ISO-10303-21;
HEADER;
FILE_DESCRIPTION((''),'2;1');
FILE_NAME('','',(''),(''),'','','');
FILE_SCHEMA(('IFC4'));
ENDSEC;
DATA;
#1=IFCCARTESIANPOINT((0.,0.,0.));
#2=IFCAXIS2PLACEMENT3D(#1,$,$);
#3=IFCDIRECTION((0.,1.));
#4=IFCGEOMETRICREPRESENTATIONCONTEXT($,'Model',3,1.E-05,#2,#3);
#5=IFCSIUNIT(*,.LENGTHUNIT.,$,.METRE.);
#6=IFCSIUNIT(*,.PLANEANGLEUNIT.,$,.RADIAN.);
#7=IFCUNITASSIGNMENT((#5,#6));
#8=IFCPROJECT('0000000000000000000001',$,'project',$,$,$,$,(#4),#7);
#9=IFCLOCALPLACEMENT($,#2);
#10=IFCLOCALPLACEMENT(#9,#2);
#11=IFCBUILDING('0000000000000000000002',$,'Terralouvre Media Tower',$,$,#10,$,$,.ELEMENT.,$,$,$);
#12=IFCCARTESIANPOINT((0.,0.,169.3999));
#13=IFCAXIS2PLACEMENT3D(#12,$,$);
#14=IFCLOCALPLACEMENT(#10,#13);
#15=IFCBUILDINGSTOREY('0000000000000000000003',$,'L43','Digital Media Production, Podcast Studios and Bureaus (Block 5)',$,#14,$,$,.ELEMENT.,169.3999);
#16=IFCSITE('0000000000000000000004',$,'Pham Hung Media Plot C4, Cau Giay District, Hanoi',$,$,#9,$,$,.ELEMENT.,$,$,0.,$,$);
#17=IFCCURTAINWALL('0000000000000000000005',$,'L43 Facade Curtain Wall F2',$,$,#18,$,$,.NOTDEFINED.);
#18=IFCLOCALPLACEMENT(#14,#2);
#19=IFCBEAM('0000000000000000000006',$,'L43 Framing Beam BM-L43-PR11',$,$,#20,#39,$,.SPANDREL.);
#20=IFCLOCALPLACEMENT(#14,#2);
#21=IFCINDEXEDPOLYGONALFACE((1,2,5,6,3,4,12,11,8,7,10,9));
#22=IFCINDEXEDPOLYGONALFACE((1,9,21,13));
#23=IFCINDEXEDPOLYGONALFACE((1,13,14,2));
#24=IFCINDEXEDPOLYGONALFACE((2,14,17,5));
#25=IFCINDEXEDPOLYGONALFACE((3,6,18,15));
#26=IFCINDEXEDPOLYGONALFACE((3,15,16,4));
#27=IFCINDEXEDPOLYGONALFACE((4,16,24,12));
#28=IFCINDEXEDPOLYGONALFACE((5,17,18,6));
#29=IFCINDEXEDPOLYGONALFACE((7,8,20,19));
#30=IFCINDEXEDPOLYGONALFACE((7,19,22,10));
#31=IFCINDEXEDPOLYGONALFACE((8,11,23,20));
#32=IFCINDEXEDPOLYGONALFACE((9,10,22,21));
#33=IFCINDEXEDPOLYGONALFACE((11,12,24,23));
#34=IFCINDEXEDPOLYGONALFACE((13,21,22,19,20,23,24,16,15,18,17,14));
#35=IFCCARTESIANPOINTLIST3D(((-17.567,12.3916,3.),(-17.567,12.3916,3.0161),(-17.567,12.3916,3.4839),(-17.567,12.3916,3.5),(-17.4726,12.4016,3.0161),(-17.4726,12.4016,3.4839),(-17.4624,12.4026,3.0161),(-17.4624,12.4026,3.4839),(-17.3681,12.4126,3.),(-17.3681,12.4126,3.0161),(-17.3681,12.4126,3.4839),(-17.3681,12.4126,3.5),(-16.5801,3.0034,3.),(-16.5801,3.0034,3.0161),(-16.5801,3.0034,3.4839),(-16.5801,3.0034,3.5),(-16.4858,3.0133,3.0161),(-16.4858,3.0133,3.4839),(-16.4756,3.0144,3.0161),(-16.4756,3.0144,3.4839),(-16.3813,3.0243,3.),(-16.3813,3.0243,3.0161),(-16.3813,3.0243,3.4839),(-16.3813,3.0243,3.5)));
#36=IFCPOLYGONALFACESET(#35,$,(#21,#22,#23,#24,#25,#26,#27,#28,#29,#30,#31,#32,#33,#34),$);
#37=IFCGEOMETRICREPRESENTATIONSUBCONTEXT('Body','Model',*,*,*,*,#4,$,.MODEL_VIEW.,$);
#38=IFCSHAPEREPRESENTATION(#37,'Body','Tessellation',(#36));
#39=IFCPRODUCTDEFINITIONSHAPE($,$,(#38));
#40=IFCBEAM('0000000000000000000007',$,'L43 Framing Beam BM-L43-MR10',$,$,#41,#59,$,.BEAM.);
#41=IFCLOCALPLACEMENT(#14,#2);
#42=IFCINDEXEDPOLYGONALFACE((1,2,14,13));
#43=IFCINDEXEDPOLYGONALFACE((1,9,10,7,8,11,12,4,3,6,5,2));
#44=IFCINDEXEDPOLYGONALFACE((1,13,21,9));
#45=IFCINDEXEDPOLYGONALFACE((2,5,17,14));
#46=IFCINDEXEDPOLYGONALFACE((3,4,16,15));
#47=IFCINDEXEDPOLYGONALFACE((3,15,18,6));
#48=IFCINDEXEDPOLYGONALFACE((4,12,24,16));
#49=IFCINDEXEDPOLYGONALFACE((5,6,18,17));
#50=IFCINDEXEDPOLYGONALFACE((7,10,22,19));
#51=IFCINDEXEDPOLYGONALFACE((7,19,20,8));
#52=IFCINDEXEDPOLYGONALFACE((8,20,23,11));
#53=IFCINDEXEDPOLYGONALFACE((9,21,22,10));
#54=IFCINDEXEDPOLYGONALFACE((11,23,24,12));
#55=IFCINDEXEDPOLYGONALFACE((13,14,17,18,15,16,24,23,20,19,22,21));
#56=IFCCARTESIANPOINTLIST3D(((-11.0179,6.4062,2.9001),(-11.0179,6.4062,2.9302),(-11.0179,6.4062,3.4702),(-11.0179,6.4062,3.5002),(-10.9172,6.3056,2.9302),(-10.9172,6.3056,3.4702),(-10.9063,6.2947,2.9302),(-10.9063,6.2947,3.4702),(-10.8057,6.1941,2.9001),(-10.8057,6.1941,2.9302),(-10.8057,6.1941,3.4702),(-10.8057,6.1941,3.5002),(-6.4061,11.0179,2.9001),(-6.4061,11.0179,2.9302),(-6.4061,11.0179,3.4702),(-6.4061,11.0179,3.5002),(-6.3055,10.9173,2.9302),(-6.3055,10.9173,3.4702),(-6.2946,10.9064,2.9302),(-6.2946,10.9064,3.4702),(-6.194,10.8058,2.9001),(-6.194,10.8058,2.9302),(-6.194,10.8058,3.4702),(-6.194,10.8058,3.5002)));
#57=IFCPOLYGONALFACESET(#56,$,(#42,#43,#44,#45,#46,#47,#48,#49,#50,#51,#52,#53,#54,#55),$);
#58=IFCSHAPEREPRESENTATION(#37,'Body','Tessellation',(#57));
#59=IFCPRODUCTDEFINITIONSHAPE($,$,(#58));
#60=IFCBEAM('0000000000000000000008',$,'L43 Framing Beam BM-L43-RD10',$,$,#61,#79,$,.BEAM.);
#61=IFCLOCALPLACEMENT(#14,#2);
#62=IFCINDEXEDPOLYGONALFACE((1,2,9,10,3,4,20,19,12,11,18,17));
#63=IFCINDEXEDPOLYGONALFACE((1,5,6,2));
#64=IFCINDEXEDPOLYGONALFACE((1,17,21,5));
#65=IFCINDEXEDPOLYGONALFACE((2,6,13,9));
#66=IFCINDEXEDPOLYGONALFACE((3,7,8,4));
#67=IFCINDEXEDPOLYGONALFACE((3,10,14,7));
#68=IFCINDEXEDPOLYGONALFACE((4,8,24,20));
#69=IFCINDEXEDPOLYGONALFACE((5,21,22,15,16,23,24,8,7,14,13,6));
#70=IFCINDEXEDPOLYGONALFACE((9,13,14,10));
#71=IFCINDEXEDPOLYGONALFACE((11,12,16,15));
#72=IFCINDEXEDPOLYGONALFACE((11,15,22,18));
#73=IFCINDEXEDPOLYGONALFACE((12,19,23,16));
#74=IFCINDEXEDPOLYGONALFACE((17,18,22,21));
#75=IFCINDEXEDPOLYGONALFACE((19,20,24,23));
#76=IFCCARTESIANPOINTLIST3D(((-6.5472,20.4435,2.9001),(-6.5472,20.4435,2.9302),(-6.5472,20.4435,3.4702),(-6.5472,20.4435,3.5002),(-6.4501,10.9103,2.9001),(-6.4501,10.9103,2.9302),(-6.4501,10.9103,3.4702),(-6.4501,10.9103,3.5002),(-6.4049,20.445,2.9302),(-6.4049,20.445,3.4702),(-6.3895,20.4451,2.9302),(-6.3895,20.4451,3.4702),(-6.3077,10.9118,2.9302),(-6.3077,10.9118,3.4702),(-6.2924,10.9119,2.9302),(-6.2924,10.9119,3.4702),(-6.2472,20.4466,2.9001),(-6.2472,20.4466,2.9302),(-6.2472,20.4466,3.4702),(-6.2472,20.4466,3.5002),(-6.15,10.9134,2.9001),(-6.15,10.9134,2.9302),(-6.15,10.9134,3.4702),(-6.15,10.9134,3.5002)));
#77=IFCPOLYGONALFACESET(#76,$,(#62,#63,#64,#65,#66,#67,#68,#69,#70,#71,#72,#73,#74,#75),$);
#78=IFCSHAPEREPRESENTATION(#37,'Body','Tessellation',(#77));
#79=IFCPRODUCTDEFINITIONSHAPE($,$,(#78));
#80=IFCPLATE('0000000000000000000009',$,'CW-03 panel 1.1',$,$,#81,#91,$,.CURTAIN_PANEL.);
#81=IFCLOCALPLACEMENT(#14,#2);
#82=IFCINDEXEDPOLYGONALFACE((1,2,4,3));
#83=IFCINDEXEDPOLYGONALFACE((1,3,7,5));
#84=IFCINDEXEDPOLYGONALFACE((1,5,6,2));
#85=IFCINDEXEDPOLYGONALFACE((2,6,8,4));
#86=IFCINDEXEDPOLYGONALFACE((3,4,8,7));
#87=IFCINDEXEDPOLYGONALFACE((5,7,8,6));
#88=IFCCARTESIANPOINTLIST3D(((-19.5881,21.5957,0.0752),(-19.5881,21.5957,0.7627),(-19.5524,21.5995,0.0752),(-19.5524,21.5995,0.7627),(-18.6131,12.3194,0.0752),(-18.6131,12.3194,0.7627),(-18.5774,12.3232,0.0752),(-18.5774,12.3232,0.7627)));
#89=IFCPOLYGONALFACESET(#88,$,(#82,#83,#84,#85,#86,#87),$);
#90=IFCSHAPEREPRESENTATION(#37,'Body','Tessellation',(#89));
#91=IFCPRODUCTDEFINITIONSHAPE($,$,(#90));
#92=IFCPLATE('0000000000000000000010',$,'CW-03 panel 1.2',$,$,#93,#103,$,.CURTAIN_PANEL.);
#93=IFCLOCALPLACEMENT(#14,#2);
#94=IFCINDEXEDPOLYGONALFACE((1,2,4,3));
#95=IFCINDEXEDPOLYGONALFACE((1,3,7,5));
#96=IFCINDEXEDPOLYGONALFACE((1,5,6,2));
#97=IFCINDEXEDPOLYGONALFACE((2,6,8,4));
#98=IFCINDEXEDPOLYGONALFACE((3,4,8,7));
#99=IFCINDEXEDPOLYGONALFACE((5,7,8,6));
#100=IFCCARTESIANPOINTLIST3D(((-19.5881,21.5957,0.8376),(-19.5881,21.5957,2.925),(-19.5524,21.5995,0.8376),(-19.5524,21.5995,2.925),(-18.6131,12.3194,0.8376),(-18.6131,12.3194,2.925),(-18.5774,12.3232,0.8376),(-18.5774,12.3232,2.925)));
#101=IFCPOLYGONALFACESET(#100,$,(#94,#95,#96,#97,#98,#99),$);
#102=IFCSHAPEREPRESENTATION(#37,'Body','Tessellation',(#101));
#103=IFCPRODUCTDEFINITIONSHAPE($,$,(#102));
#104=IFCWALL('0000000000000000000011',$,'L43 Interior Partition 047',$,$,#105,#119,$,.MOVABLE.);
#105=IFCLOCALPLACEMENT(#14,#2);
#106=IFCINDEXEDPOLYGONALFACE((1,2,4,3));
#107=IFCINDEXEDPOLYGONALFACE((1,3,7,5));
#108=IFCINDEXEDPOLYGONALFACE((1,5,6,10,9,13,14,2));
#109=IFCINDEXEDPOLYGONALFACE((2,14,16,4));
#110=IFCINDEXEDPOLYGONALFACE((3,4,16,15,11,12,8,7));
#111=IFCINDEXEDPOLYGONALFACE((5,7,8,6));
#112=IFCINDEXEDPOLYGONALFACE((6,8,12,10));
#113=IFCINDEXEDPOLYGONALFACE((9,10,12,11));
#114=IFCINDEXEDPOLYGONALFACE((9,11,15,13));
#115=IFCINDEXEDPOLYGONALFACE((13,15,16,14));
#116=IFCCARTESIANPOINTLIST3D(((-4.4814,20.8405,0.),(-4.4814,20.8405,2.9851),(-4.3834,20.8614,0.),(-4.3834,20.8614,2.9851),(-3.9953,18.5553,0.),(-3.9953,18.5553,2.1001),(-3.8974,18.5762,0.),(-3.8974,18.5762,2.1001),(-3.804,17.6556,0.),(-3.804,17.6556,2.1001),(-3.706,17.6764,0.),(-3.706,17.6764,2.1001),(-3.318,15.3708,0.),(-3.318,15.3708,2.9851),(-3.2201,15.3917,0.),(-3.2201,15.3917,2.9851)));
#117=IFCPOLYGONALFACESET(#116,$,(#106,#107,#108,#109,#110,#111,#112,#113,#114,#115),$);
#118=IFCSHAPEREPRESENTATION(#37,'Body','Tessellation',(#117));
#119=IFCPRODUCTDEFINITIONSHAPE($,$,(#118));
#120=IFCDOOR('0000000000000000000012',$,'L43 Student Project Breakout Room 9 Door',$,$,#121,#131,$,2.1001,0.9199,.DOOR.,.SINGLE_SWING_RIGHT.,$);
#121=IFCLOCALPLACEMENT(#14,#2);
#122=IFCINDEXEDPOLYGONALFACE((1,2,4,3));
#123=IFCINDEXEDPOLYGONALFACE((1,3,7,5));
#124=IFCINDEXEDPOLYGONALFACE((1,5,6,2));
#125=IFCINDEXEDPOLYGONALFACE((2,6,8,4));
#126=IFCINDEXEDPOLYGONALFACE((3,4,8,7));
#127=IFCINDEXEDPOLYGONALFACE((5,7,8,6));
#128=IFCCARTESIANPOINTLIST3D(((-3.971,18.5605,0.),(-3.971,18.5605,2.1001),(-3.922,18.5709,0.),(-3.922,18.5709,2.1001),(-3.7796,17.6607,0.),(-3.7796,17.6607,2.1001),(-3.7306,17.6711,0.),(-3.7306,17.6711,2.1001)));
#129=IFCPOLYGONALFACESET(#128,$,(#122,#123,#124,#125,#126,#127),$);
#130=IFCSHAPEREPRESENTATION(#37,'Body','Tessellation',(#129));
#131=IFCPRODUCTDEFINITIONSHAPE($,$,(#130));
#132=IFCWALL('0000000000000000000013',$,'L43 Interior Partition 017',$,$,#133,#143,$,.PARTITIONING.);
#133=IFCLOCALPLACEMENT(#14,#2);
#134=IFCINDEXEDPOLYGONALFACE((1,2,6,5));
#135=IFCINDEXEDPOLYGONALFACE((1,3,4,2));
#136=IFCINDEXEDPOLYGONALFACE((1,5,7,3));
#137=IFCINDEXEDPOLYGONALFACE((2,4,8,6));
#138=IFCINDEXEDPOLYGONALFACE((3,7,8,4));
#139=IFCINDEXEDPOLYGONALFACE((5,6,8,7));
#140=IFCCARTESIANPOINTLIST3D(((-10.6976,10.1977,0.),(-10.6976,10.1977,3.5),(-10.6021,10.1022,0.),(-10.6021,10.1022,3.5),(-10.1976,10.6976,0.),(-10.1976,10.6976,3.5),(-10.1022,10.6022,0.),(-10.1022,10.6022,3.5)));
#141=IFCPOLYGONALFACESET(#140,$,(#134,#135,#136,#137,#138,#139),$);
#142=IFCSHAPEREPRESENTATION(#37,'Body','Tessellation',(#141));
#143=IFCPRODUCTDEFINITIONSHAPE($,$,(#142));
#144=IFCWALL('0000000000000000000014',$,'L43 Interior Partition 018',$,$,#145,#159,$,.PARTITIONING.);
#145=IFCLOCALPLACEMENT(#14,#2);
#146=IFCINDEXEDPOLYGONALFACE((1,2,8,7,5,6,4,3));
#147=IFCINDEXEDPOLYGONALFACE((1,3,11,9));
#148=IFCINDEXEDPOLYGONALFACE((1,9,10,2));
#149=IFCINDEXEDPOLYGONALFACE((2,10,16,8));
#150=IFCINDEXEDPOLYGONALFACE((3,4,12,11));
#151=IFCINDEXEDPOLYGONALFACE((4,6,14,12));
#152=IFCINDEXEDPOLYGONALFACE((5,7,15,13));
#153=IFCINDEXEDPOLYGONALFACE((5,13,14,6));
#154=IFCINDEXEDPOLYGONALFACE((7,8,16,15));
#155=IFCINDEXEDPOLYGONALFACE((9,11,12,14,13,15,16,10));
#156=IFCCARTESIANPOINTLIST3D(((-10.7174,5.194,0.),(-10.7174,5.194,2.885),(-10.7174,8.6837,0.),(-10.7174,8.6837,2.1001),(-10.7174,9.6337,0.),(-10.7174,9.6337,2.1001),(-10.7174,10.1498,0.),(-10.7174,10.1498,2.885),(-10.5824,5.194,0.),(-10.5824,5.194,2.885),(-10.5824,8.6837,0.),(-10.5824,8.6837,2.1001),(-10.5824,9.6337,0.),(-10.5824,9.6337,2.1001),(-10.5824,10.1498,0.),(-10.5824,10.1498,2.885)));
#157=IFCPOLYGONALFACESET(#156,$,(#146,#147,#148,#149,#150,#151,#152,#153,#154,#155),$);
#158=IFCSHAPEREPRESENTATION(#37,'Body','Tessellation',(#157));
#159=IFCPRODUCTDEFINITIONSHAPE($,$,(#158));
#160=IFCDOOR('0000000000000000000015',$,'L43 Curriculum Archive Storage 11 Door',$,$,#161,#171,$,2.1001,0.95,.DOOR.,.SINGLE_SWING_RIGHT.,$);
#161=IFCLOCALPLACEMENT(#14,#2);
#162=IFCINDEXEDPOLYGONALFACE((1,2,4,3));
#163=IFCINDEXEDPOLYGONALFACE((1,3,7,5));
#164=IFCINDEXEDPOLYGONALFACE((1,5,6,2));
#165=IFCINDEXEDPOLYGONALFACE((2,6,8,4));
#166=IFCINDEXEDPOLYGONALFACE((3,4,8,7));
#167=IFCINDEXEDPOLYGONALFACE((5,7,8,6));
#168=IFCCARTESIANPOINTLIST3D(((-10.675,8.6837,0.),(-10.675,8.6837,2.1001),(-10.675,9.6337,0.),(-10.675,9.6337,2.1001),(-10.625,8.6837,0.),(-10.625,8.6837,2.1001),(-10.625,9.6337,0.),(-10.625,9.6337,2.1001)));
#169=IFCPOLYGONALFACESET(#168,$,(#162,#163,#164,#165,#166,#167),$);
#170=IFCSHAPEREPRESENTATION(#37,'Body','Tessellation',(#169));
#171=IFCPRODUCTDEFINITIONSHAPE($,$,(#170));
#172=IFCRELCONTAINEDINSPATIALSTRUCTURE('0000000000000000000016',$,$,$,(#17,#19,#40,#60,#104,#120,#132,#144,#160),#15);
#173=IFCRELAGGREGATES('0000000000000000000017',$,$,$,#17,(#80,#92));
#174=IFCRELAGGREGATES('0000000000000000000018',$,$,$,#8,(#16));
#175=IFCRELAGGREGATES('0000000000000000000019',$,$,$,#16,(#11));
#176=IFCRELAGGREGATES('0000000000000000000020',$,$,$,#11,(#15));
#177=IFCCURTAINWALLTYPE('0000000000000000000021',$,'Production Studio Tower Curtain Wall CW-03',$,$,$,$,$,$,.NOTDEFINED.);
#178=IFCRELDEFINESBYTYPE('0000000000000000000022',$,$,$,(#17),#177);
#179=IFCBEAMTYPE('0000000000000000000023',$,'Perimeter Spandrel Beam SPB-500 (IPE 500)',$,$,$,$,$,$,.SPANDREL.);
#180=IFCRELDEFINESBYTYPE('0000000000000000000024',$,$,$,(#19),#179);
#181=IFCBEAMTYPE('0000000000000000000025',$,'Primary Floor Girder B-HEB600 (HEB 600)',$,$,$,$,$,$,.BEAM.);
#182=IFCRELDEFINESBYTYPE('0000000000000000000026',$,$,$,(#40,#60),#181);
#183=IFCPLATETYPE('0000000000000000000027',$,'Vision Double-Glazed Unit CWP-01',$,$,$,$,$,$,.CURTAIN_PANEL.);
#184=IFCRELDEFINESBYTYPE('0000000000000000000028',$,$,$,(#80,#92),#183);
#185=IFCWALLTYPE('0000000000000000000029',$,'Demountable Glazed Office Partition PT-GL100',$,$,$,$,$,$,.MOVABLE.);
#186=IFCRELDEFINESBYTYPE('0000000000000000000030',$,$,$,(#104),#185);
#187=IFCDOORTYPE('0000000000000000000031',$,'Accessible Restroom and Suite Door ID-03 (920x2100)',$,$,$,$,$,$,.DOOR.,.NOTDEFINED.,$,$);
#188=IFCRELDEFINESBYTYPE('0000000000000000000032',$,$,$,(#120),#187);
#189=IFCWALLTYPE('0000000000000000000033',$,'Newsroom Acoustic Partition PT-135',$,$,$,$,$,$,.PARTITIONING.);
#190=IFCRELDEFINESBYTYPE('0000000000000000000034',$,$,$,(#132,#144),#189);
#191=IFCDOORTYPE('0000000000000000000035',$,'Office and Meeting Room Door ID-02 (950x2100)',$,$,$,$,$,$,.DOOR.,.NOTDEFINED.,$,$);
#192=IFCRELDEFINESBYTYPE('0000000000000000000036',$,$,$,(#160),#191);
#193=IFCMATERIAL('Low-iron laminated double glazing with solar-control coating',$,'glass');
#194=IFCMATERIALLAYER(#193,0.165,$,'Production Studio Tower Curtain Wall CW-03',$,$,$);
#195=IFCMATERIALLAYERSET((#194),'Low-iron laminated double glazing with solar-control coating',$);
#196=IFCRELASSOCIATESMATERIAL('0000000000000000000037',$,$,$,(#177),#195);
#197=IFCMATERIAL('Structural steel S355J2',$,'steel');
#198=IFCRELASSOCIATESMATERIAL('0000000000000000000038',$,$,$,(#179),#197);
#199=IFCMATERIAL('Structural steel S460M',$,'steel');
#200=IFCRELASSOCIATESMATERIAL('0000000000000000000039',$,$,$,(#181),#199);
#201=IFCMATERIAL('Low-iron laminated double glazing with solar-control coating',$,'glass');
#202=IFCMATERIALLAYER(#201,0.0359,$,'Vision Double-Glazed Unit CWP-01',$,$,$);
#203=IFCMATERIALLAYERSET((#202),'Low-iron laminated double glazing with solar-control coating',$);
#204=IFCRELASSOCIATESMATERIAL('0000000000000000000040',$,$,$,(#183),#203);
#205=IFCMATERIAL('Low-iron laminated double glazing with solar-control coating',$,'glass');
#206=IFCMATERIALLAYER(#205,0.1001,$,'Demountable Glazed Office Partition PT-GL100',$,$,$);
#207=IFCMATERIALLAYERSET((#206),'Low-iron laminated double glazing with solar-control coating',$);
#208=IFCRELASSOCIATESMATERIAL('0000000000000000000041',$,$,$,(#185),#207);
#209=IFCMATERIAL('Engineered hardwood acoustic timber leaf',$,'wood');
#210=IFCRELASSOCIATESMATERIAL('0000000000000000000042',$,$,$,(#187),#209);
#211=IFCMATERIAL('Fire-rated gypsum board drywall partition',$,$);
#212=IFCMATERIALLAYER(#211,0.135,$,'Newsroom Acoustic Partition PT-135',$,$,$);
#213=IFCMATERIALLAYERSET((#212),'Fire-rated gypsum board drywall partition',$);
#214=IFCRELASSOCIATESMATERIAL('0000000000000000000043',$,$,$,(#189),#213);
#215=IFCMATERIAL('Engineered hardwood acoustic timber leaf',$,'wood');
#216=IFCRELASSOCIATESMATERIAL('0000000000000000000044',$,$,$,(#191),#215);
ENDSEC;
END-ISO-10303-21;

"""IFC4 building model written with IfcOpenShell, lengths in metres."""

from ifc_helpers import new_model, si_unit, direction, frame, frame_2d, origin, origin_2d, place, context, subcontext, project, spatial, rectangle, i_section, extrude, material, layer, layer_set, material_profile, profile_set, type_object, element, fill, aggregate, save


model = new_model("IFC4")

# Units and contexts
model_context = context("Model", 3, precision=1e-05, world=origin(), true_north=direction((0.0, 1.0)))
body_context = subcontext(model_context, "Body", "Model", "MODEL_VIEW")
ifc_project = project(units=[si_unit("LENGTHUNIT", "METRE"), si_unit("PLANEANGLEUNIT", "RADIAN")], contexts=[model_context])

# Site, building, storey
site_placement = place(None, origin())
site = spatial("IfcSite", under=ifc_project, at=site_placement, Name="Pham Hung Media Plot C4, Cau Giay District, Hanoi", CompositionType="ELEMENT", RefElevation=0.0)
building_placement = place(site_placement, origin())
building = spatial("IfcBuilding", under=site, at=building_placement, Name="Terralouvre Media Tower", CompositionType="ELEMENT")
storey_placement = place(building_placement, frame((0.0, 0.0, 169.3999)))
storey = spatial("IfcBuildingStorey", under=building, at=storey_placement, Name="L43", Description="Digital Media Production, Podcast Studios and Bureaus (Block 5)", CompositionType="ELEMENT", Elevation=169.3999)

# Curtain wall
ifc_material_1 = material(Name="Low-iron laminated double glazing with solar-control coating", Category="glass")
ifc_layer_1 = layer(ifc_material_1, 0.165, Name="Production Studio Tower Curtain Wall CW-03")
ifc_layer_set_1 = layer_set([ifc_layer_1], Name="Low-iron laminated double glazing with solar-control coating")
curtain_wall_type = type_object("IfcCurtainWallType", Name="Production Studio Tower Curtain Wall CW-03", PredefinedType="NOTDEFINED", material=ifc_layer_set_1)
curtain_wall_1_placement = place(storey_placement, origin())
curtain_wall_1 = element("IfcCurtainWall", 1, at=curtain_wall_1_placement, inside=storey, type_object=curtain_wall_type, Name="L43 Facade Curtain Wall F2", PredefinedType="NOTDEFINED")

# Beams
ifc_material_2 = material(Name="Structural steel S355J2", Category="steel")
ifc_material_profile_1 = material_profile(ifc_material_2, i_section(OverallWidth=0.2, OverallDepth=0.5, WebThickness=0.0103, FlangeThickness=0.0161, at=origin_2d()), Name="IPE 500")
ifc_profile_set_1 = profile_set([ifc_material_profile_1], Name="Structural steel S355J2")
beam_type_1 = type_object("IfcBeamType", Name="Perimeter Spandrel Beam SPB-500 (IPE 500)", PredefinedType="SPANDREL", material=ifc_profile_set_1)
beam_1_placement = place(storey_placement, frame((-17.4675, 12.4021, 3.25), z_axis=(0.104537, -0.994521, 0.0), x_axis=(0.994521, 0.104537, 0.0)))
element("IfcBeam", 2, at=beam_1_placement, inside=storey, type_object=beam_type_1, Name="L43 Framing Beam BM-L43-PR11", PredefinedType="SPANDREL", context=body_context, shape_type="SweptSolid", body=[
    extrude(i_section(OverallWidth=0.2, OverallDepth=0.5, WebThickness=0.0103, FlangeThickness=0.0161, at=origin_2d()), origin(), (0.0, 0.0, 1.0), 9.4399),
])
ifc_material_3 = material(Name="Structural steel S460M", Category="steel")
ifc_material_profile_2 = material_profile(ifc_material_3, i_section(OverallWidth=0.3, OverallDepth=0.6001, WebThickness=0.0154, FlangeThickness=0.03, at=origin_2d()), Name="HEB 600")
ifc_profile_set_2 = profile_set([ifc_material_profile_2], Name="Structural steel S460M")
beam_type_2 = type_object("IfcBeamType", Name="Primary Floor Girder B-HEB600 (HEB 600)", PredefinedType="BEAM", material=ifc_profile_set_2)
beam_2_placement = place(storey_placement, frame((-6.3, 10.9119, 3.2002), z_axis=(-0.707107, -0.707107, 0.0), x_axis=(0.707107, -0.707107, 0.0)))
element("IfcBeam", 3, at=beam_2_placement, inside=storey, type_object=beam_type_2, Name="L43 Framing Beam BM-L43-MR10", PredefinedType="BEAM", context=body_context, shape_type="SweptSolid", body=[
    extrude(i_section(OverallWidth=0.3, OverallDepth=0.6001, WebThickness=0.0154, FlangeThickness=0.03, at=origin_2d()), origin(), (0.0, 0.0, 1.0), 6.522),
])
beam_3_placement = place(storey_placement, frame((-6.3, 10.9119, 3.2002), z_axis=(-0.010192, 0.999948, 0.0), x_axis=(-0.999948, -0.010192, 0.0)))
element("IfcBeam", 4, at=beam_3_placement, inside=storey, type_object=beam_type_2, Name="L43 Framing Beam BM-L43-RD10", PredefinedType="BEAM", context=body_context, shape_type="SweptSolid", body=[
    extrude(i_section(OverallWidth=0.3, OverallDepth=0.6001, WebThickness=0.0154, FlangeThickness=0.03, at=origin_2d()), origin(), (0.0, 0.0, 1.0), 9.5337),
])

# Plates
ifc_material_4 = material(Name="Low-iron laminated double glazing with solar-control coating", Category="glass")
ifc_layer_2 = layer(ifc_material_4, 0.0359, Name="Vision Double-Glazed Unit CWP-01")
ifc_layer_set_2 = layer_set([ifc_layer_2], Name="Low-iron laminated double glazing with solar-control coating")
plate_type = type_object("IfcPlateType", Name="Vision Double-Glazed Unit CWP-01", PredefinedType="CURTAIN_PANEL", material=ifc_layer_set_2)
plate_1_placement = place(storey_placement, frame((-19.0828, 16.9595, 0.0752), z_axis=(0.0, 0.0, 1.0), x_axis=(0.104528, -0.994522, 0.0)))
plate_1 = element("IfcPlate", 5, at=plate_1_placement, type_object=plate_type, Name="CW-03 panel 1.1", PredefinedType="CURTAIN_PANEL", context=body_context, shape_type="SweptSolid", body=[
    extrude(rectangle(XDim=9.3274, YDim=0.0359, at=origin_2d()), origin(), (0.0, 0.0, 1.0), 0.6875),
])
plate_2_placement = place(storey_placement, frame((-19.0828, 16.9595, 0.8376), z_axis=(0.0, 0.0, 1.0), x_axis=(0.104528, -0.994522, 0.0)))
plate_2 = element("IfcPlate", 6, at=plate_2_placement, type_object=plate_type, Name="CW-03 panel 1.2", PredefinedType="CURTAIN_PANEL", context=body_context, shape_type="SweptSolid", body=[
    extrude(rectangle(XDim=9.3274, YDim=0.0359, at=origin_2d()), origin(), (0.0, 0.0, 1.0), 2.0874),
])
aggregate(curtain_wall_1, [plate_1, plate_2])

# Wall, opening, door
ifc_material_5 = material(Name="Low-iron laminated double glazing with solar-control coating", Category="glass")
ifc_layer_3 = layer(ifc_material_5, 0.1001, Name="Demountable Glazed Office Partition PT-GL100")
ifc_layer_set_3 = layer_set([ifc_layer_3], Name="Low-iron laminated double glazing with solar-control coating")
wall_type_1 = type_object("IfcWallType", Name="Demountable Glazed Office Partition PT-GL100", PredefinedType="MOVABLE", material=ifc_layer_set_3)
wall_1_placement = place(storey_placement, frame((-4.4324, 20.8508, 0.0), z_axis=(0.0, 0.0, 1.0), x_axis=(0.208032, -0.978122, 0.0)))
wall_1 = element("IfcWall", 7, at=wall_1_placement, inside=storey, type_object=wall_type_1, Name="L43 Interior Partition 047", PredefinedType="MOVABLE", context=body_context, shape_type="SweptSolid", body=[
    extrude(rectangle(XDim=5.592, YDim=0.1001, at=frame_2d((2.7959, 0.0))), origin(), (0.0, 0.0, 1.0), 2.9851),
])
opening_1_placement = place(wall_1_placement, frame((2.3362, 0.0, 0.0)))
opening_1 = element("IfcOpeningElement", 8, at=opening_1_placement, cuts=wall_1, PredefinedType="OPENING", context=body_context, shape_type="SweptSolid", body=[
    extrude(rectangle(XDim=0.9199, YDim=2.1001, at=frame_2d((0.46, 1.05))), frame((0.0, 0.0601, 0.0), z_axis=(0.0, -1.0, 0.0), x_axis=(1.0, 0.0, 0.0)), (0.0, 0.0, 1.0), 0.1201),
])
ifc_material_6 = material(Name="Engineered hardwood acoustic timber leaf", Category="wood")
door_type_1 = type_object("IfcDoorType", Name="Accessible Restroom and Suite Door ID-03 (920x2100)", OperationType="NOTDEFINED", PredefinedType="DOOR", material=ifc_material_6)
door_1_placement = place(opening_1_placement, origin())
door_1 = element("IfcDoor", 9, at=door_1_placement, inside=storey, type_object=door_type_1, Name="L43 Student Project Breakout Room 9 Door", OperationType="SINGLE_SWING_RIGHT", OverallHeight=2.1001, OverallWidth=0.9199, PredefinedType="DOOR", context=body_context, shape_type="SweptSolid", body=[
    extrude(rectangle(XDim=0.9199, YDim=2.1001, at=frame_2d((0.46, 1.05))), frame((0.0, 0.0249, 0.0), z_axis=(0.0, -1.0, 0.0), x_axis=(1.0, 0.0, 0.0)), (0.0, 0.0, 1.0), 0.05),
])
fill(opening_1, door_1)

# Wall
ifc_material_7 = material(Name="Fire-rated gypsum board drywall partition")
ifc_layer_4 = layer(ifc_material_7, 0.135, Name="Newsroom Acoustic Partition PT-135")
ifc_layer_set_4 = layer_set([ifc_layer_4], Name="Fire-rated gypsum board drywall partition")
wall_type_2 = type_object("IfcWallType", Name="Newsroom Acoustic Partition PT-135", PredefinedType="PARTITIONING", material=ifc_layer_set_4)
wall_2_placement = place(storey_placement, frame((-10.1499, 10.6499, 0.0), z_axis=(0.0, 0.0, 1.0), x_axis=(-0.707107, -0.707107, 0.0)))
element("IfcWall", 10, at=wall_2_placement, inside=storey, type_object=wall_type_2, Name="L43 Interior Partition 017", PredefinedType="PARTITIONING", context=body_context, shape_type="SweptSolid", body=[
    extrude(rectangle(XDim=0.707, YDim=0.135, at=frame_2d((0.3535, 0.0))), origin(), (0.0, 0.0, 1.0), 3.5),
])

# Wall, opening, door
wall_3_placement = place(storey_placement, frame((-10.6499, 10.1499, 0.0), z_axis=(0.0, 0.0, 1.0), x_axis=(0.0, -1.0, 0.0)))
wall_3 = element("IfcWall", 11, at=wall_3_placement, inside=storey, type_object=wall_type_2, Name="L43 Interior Partition 018", PredefinedType="PARTITIONING", context=body_context, shape_type="SweptSolid", body=[
    extrude(rectangle(XDim=4.9558, YDim=0.135, at=frame_2d((2.478, 0.0))), origin(), (0.0, 0.0, 1.0), 2.885),
])
opening_2_placement = place(wall_3_placement, frame((0.5161, 0.0, 0.0)))
opening_2 = element("IfcOpeningElement", 12, at=opening_2_placement, cuts=wall_3, PredefinedType="OPENING", context=body_context, shape_type="SweptSolid", body=[
    extrude(rectangle(XDim=0.95, YDim=2.1001, at=frame_2d((0.4751, 1.05))), frame((0.0, 0.0774, 0.0), z_axis=(0.0, -1.0, 0.0), x_axis=(1.0, 0.0, 0.0)), (0.0, 0.0, 1.0), 0.155),
])
ifc_material_8 = material(Name="Engineered hardwood acoustic timber leaf", Category="wood")
door_type_2 = type_object("IfcDoorType", Name="Office and Meeting Room Door ID-02 (950x2100)", OperationType="NOTDEFINED", PredefinedType="DOOR", material=ifc_material_8)
door_2_placement = place(opening_2_placement, origin())
door_2 = element("IfcDoor", 13, at=door_2_placement, inside=storey, type_object=door_type_2, Name="L43 Curriculum Archive Storage 11 Door", OperationType="SINGLE_SWING_RIGHT", OverallHeight=2.1001, OverallWidth=0.95, PredefinedType="DOOR", context=body_context, shape_type="SweptSolid", body=[
    extrude(rectangle(XDim=0.95, YDim=2.1001, at=frame_2d((0.4751, 1.05))), frame((0.0, 0.0249, 0.0), z_axis=(0.0, -1.0, 0.0), x_axis=(1.0, 0.0, 0.0)), (0.0, 0.0, 1.0), 0.05),
])
fill(opening_2, door_2)

save(model, "model.ifc")
